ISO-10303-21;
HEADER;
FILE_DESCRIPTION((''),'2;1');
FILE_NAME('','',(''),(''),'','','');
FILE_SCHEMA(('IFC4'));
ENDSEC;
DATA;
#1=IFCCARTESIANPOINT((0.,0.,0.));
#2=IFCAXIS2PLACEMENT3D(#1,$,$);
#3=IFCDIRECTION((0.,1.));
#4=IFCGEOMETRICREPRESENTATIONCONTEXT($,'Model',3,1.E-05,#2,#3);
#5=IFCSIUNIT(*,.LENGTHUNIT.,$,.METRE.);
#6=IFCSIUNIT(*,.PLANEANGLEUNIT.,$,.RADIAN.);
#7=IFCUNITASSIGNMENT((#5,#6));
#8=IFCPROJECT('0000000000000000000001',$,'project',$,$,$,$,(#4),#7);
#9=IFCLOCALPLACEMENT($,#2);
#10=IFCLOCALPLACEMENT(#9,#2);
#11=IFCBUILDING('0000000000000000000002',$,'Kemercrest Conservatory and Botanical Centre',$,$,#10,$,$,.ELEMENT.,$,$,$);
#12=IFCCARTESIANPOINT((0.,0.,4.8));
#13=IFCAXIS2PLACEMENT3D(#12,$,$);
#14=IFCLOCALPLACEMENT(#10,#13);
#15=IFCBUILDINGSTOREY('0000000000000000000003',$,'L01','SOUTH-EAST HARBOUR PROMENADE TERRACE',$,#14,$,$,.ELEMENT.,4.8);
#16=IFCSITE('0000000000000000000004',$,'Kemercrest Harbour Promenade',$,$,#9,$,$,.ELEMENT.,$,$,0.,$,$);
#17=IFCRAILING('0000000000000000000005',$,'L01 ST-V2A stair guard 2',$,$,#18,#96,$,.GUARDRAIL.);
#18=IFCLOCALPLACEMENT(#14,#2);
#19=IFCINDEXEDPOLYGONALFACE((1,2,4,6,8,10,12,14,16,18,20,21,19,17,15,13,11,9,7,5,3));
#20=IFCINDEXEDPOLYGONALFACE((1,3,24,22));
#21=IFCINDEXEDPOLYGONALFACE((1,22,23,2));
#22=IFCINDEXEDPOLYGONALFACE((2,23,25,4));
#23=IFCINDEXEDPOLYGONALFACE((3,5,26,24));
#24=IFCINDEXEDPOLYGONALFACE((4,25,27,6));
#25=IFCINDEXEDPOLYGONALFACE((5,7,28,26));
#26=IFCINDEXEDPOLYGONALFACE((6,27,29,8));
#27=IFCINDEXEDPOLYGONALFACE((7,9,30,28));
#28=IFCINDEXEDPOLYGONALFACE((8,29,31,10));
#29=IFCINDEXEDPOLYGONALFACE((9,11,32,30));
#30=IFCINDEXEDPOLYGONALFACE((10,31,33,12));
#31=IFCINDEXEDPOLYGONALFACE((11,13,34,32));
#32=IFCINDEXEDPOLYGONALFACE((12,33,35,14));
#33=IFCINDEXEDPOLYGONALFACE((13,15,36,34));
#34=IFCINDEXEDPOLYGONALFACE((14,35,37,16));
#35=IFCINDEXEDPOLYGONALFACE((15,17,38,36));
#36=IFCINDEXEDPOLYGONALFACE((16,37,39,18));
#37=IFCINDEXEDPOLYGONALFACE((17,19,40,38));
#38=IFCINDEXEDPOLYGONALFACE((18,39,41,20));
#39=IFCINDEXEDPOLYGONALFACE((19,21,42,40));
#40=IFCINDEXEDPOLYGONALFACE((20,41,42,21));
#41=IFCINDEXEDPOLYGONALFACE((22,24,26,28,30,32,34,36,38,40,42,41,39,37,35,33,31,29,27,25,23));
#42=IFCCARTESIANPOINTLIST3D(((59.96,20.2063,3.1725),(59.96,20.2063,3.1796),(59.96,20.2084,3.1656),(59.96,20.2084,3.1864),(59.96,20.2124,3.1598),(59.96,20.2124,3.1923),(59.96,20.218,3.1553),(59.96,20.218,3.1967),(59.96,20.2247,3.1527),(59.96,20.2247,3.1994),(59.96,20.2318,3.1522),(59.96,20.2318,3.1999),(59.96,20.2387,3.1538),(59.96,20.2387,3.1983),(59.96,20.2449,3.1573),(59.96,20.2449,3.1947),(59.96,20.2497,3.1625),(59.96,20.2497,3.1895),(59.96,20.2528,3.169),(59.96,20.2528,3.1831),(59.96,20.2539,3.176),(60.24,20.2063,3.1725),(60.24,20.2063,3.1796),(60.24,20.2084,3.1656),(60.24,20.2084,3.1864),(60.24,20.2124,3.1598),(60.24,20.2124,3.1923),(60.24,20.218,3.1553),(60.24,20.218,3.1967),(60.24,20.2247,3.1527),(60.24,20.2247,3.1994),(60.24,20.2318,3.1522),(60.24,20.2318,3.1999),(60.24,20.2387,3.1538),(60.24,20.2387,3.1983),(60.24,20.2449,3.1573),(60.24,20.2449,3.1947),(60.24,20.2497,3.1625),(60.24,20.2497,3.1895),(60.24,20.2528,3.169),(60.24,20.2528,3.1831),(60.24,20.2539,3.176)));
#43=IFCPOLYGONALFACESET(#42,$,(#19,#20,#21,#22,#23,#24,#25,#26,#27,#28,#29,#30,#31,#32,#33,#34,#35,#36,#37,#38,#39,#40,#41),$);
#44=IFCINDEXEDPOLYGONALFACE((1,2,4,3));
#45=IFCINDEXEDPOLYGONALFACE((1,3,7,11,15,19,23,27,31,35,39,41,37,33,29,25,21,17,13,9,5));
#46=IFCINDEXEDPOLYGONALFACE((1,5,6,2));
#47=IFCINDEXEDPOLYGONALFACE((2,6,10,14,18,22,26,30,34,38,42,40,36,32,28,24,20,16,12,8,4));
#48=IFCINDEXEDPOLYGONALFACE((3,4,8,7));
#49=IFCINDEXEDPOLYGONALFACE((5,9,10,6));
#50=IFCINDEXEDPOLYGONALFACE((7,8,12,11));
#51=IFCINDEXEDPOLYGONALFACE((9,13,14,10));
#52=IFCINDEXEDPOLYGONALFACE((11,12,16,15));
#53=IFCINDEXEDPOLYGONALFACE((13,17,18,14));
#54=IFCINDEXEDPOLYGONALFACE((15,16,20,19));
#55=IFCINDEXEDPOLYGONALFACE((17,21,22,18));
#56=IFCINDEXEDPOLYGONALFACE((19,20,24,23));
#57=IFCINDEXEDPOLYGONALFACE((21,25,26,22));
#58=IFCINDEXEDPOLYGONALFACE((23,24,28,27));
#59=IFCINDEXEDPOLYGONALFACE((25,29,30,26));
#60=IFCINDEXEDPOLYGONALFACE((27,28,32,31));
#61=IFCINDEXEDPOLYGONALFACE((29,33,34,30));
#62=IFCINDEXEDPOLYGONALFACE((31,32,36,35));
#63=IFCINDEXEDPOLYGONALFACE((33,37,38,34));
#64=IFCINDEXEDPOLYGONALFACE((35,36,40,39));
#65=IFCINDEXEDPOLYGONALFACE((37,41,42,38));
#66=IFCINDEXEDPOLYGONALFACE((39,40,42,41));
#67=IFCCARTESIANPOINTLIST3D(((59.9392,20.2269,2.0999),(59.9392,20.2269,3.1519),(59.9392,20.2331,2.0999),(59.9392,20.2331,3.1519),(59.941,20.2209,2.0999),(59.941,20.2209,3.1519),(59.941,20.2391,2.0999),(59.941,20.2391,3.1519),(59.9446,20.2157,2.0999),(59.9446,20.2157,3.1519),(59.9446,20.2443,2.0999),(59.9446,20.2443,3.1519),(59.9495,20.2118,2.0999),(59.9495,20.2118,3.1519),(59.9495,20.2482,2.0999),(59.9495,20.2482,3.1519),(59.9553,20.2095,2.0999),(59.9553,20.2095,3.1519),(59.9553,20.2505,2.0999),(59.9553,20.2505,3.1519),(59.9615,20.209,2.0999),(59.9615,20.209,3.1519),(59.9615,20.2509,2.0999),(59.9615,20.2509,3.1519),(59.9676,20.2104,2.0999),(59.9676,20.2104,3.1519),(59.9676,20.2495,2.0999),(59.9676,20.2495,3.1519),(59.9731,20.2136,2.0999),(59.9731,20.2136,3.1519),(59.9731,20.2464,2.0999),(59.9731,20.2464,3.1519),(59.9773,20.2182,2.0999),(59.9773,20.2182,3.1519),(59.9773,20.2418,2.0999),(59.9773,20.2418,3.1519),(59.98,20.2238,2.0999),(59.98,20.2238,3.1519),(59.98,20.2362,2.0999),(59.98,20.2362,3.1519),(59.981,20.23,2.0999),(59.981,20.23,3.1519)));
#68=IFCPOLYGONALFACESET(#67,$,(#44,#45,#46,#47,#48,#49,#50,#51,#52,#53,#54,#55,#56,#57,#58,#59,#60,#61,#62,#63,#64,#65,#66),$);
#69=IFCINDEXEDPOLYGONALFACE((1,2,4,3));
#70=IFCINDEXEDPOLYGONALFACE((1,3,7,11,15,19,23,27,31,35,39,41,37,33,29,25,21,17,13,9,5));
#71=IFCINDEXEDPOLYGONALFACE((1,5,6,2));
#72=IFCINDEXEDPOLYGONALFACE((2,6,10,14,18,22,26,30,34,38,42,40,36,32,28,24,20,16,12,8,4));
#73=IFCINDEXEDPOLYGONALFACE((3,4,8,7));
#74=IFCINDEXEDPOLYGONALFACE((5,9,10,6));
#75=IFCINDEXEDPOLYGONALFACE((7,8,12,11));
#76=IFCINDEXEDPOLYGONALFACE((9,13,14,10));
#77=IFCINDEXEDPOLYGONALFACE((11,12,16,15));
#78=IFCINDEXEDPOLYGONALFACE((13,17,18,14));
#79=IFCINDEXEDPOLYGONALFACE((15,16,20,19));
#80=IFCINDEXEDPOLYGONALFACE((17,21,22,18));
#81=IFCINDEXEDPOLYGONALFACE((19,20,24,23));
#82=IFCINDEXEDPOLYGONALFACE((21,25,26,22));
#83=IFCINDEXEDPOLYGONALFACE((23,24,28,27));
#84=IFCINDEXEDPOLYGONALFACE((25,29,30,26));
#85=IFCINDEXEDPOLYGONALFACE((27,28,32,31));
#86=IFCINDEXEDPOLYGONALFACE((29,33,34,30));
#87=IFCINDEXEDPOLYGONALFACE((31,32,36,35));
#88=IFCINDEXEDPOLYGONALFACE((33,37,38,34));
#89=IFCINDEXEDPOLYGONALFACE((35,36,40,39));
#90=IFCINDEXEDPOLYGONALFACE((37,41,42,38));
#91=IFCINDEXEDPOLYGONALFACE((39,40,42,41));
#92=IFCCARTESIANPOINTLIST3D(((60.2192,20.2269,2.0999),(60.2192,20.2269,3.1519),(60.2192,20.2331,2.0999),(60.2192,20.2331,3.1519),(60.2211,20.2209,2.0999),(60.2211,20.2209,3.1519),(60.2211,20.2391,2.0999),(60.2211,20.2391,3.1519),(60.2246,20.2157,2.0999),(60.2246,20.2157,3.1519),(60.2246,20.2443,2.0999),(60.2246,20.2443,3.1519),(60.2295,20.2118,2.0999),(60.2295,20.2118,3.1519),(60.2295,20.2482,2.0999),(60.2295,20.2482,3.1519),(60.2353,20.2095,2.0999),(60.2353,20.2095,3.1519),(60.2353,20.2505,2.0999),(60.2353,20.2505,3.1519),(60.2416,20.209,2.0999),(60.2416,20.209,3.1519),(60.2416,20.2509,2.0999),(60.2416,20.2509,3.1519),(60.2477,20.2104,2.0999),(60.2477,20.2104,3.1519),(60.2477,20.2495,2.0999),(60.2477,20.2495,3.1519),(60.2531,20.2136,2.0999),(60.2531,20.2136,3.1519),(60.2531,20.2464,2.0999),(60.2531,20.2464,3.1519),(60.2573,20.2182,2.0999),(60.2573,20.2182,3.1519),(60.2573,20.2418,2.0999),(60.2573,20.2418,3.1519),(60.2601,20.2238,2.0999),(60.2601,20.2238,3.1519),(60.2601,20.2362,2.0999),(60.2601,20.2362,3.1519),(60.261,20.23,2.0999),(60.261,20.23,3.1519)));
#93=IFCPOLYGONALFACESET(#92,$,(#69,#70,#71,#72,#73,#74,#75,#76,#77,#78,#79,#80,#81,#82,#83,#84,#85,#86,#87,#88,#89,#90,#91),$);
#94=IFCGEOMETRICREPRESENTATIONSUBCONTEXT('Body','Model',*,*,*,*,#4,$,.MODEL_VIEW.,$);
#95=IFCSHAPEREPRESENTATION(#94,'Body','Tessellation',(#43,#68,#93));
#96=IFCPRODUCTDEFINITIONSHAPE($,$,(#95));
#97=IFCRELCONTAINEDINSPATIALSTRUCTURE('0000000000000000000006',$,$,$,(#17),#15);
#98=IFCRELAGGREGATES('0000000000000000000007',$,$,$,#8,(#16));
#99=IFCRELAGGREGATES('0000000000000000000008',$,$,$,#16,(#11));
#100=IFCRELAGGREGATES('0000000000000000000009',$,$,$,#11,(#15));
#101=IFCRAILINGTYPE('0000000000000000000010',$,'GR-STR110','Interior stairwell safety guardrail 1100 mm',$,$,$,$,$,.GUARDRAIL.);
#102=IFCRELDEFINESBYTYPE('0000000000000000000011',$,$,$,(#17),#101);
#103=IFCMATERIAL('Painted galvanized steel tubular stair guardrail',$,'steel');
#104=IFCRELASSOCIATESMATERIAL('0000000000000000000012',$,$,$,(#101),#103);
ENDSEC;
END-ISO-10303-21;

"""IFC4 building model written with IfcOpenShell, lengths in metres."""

from ifc_helpers import new_model, si_unit, direction, frame, origin, origin_2d, place, context, subcontext, project, spatial, circle, extrude, material, type_object, element, save


model = new_model("IFC4")

# Units and contexts
model_context = context("Model", 3, precision=1e-05, world=origin(), true_north=direction((0.0, 1.0)))
body_context = subcontext(model_context, "Body", "Model", "MODEL_VIEW")
ifc_project = project(units=[si_unit("LENGTHUNIT", "METRE"), si_unit("PLANEANGLEUNIT", "RADIAN")], contexts=[model_context])

# Site, building, storey
site_placement = place(None, origin())
site = spatial("IfcSite", under=ifc_project, at=site_placement, Name="Kemercrest Harbour Promenade", CompositionType="ELEMENT", RefElevation=0.0)
building_placement = place(site_placement, origin())
building = spatial("IfcBuilding", under=site, at=building_placement, Name="Kemercrest Conservatory and Botanical Centre", CompositionType="ELEMENT")
storey_placement = place(building_placement, frame((0.0, 0.0, 4.8)))
storey = spatial("IfcBuildingStorey", under=building, at=storey_placement, Name="L01", Description="SOUTH-EAST HARBOUR PROMENADE TERRACE", CompositionType="ELEMENT", Elevation=4.8)

# Railing
ifc_material_1 = material(Name="Painted galvanized steel tubular stair guardrail", Category="steel")
railing_type_1 = type_object("IfcRailingType", Name="GR-STR110", Description="Interior stairwell safety guardrail 1100 mm", PredefinedType="GUARDRAIL", material=ifc_material_1)
railing_1_placement = place(storey_placement, frame((59.96, 20.23, 2.0999)))
element("IfcRailing", 1, at=railing_1_placement, inside=storey, type_object=railing_type_1, Name="L01 ST-V2A stair guard 2", PredefinedType="GUARDRAIL", context=body_context, shape_type="SweptSolid", body=[
    extrude(circle(Radius=0.0239, at=origin_2d()), frame((0.0, 0.0, 1.0762), z_axis=(1.0, 0.0, 0.0), x_axis=(0.0, 1.0, 0.0)), (0.0, 0.0, 1.0), 0.28),
    extrude(circle(Radius=0.021, at=origin_2d()), origin(), (0.0, 0.0, 1.0), 1.052),
    extrude(circle(Radius=0.021, at=origin_2d()), frame((0.28, 0.0, 0.0)), (0.0, 0.0, 1.0), 1.052),
])

save(model, "model.ifc")
